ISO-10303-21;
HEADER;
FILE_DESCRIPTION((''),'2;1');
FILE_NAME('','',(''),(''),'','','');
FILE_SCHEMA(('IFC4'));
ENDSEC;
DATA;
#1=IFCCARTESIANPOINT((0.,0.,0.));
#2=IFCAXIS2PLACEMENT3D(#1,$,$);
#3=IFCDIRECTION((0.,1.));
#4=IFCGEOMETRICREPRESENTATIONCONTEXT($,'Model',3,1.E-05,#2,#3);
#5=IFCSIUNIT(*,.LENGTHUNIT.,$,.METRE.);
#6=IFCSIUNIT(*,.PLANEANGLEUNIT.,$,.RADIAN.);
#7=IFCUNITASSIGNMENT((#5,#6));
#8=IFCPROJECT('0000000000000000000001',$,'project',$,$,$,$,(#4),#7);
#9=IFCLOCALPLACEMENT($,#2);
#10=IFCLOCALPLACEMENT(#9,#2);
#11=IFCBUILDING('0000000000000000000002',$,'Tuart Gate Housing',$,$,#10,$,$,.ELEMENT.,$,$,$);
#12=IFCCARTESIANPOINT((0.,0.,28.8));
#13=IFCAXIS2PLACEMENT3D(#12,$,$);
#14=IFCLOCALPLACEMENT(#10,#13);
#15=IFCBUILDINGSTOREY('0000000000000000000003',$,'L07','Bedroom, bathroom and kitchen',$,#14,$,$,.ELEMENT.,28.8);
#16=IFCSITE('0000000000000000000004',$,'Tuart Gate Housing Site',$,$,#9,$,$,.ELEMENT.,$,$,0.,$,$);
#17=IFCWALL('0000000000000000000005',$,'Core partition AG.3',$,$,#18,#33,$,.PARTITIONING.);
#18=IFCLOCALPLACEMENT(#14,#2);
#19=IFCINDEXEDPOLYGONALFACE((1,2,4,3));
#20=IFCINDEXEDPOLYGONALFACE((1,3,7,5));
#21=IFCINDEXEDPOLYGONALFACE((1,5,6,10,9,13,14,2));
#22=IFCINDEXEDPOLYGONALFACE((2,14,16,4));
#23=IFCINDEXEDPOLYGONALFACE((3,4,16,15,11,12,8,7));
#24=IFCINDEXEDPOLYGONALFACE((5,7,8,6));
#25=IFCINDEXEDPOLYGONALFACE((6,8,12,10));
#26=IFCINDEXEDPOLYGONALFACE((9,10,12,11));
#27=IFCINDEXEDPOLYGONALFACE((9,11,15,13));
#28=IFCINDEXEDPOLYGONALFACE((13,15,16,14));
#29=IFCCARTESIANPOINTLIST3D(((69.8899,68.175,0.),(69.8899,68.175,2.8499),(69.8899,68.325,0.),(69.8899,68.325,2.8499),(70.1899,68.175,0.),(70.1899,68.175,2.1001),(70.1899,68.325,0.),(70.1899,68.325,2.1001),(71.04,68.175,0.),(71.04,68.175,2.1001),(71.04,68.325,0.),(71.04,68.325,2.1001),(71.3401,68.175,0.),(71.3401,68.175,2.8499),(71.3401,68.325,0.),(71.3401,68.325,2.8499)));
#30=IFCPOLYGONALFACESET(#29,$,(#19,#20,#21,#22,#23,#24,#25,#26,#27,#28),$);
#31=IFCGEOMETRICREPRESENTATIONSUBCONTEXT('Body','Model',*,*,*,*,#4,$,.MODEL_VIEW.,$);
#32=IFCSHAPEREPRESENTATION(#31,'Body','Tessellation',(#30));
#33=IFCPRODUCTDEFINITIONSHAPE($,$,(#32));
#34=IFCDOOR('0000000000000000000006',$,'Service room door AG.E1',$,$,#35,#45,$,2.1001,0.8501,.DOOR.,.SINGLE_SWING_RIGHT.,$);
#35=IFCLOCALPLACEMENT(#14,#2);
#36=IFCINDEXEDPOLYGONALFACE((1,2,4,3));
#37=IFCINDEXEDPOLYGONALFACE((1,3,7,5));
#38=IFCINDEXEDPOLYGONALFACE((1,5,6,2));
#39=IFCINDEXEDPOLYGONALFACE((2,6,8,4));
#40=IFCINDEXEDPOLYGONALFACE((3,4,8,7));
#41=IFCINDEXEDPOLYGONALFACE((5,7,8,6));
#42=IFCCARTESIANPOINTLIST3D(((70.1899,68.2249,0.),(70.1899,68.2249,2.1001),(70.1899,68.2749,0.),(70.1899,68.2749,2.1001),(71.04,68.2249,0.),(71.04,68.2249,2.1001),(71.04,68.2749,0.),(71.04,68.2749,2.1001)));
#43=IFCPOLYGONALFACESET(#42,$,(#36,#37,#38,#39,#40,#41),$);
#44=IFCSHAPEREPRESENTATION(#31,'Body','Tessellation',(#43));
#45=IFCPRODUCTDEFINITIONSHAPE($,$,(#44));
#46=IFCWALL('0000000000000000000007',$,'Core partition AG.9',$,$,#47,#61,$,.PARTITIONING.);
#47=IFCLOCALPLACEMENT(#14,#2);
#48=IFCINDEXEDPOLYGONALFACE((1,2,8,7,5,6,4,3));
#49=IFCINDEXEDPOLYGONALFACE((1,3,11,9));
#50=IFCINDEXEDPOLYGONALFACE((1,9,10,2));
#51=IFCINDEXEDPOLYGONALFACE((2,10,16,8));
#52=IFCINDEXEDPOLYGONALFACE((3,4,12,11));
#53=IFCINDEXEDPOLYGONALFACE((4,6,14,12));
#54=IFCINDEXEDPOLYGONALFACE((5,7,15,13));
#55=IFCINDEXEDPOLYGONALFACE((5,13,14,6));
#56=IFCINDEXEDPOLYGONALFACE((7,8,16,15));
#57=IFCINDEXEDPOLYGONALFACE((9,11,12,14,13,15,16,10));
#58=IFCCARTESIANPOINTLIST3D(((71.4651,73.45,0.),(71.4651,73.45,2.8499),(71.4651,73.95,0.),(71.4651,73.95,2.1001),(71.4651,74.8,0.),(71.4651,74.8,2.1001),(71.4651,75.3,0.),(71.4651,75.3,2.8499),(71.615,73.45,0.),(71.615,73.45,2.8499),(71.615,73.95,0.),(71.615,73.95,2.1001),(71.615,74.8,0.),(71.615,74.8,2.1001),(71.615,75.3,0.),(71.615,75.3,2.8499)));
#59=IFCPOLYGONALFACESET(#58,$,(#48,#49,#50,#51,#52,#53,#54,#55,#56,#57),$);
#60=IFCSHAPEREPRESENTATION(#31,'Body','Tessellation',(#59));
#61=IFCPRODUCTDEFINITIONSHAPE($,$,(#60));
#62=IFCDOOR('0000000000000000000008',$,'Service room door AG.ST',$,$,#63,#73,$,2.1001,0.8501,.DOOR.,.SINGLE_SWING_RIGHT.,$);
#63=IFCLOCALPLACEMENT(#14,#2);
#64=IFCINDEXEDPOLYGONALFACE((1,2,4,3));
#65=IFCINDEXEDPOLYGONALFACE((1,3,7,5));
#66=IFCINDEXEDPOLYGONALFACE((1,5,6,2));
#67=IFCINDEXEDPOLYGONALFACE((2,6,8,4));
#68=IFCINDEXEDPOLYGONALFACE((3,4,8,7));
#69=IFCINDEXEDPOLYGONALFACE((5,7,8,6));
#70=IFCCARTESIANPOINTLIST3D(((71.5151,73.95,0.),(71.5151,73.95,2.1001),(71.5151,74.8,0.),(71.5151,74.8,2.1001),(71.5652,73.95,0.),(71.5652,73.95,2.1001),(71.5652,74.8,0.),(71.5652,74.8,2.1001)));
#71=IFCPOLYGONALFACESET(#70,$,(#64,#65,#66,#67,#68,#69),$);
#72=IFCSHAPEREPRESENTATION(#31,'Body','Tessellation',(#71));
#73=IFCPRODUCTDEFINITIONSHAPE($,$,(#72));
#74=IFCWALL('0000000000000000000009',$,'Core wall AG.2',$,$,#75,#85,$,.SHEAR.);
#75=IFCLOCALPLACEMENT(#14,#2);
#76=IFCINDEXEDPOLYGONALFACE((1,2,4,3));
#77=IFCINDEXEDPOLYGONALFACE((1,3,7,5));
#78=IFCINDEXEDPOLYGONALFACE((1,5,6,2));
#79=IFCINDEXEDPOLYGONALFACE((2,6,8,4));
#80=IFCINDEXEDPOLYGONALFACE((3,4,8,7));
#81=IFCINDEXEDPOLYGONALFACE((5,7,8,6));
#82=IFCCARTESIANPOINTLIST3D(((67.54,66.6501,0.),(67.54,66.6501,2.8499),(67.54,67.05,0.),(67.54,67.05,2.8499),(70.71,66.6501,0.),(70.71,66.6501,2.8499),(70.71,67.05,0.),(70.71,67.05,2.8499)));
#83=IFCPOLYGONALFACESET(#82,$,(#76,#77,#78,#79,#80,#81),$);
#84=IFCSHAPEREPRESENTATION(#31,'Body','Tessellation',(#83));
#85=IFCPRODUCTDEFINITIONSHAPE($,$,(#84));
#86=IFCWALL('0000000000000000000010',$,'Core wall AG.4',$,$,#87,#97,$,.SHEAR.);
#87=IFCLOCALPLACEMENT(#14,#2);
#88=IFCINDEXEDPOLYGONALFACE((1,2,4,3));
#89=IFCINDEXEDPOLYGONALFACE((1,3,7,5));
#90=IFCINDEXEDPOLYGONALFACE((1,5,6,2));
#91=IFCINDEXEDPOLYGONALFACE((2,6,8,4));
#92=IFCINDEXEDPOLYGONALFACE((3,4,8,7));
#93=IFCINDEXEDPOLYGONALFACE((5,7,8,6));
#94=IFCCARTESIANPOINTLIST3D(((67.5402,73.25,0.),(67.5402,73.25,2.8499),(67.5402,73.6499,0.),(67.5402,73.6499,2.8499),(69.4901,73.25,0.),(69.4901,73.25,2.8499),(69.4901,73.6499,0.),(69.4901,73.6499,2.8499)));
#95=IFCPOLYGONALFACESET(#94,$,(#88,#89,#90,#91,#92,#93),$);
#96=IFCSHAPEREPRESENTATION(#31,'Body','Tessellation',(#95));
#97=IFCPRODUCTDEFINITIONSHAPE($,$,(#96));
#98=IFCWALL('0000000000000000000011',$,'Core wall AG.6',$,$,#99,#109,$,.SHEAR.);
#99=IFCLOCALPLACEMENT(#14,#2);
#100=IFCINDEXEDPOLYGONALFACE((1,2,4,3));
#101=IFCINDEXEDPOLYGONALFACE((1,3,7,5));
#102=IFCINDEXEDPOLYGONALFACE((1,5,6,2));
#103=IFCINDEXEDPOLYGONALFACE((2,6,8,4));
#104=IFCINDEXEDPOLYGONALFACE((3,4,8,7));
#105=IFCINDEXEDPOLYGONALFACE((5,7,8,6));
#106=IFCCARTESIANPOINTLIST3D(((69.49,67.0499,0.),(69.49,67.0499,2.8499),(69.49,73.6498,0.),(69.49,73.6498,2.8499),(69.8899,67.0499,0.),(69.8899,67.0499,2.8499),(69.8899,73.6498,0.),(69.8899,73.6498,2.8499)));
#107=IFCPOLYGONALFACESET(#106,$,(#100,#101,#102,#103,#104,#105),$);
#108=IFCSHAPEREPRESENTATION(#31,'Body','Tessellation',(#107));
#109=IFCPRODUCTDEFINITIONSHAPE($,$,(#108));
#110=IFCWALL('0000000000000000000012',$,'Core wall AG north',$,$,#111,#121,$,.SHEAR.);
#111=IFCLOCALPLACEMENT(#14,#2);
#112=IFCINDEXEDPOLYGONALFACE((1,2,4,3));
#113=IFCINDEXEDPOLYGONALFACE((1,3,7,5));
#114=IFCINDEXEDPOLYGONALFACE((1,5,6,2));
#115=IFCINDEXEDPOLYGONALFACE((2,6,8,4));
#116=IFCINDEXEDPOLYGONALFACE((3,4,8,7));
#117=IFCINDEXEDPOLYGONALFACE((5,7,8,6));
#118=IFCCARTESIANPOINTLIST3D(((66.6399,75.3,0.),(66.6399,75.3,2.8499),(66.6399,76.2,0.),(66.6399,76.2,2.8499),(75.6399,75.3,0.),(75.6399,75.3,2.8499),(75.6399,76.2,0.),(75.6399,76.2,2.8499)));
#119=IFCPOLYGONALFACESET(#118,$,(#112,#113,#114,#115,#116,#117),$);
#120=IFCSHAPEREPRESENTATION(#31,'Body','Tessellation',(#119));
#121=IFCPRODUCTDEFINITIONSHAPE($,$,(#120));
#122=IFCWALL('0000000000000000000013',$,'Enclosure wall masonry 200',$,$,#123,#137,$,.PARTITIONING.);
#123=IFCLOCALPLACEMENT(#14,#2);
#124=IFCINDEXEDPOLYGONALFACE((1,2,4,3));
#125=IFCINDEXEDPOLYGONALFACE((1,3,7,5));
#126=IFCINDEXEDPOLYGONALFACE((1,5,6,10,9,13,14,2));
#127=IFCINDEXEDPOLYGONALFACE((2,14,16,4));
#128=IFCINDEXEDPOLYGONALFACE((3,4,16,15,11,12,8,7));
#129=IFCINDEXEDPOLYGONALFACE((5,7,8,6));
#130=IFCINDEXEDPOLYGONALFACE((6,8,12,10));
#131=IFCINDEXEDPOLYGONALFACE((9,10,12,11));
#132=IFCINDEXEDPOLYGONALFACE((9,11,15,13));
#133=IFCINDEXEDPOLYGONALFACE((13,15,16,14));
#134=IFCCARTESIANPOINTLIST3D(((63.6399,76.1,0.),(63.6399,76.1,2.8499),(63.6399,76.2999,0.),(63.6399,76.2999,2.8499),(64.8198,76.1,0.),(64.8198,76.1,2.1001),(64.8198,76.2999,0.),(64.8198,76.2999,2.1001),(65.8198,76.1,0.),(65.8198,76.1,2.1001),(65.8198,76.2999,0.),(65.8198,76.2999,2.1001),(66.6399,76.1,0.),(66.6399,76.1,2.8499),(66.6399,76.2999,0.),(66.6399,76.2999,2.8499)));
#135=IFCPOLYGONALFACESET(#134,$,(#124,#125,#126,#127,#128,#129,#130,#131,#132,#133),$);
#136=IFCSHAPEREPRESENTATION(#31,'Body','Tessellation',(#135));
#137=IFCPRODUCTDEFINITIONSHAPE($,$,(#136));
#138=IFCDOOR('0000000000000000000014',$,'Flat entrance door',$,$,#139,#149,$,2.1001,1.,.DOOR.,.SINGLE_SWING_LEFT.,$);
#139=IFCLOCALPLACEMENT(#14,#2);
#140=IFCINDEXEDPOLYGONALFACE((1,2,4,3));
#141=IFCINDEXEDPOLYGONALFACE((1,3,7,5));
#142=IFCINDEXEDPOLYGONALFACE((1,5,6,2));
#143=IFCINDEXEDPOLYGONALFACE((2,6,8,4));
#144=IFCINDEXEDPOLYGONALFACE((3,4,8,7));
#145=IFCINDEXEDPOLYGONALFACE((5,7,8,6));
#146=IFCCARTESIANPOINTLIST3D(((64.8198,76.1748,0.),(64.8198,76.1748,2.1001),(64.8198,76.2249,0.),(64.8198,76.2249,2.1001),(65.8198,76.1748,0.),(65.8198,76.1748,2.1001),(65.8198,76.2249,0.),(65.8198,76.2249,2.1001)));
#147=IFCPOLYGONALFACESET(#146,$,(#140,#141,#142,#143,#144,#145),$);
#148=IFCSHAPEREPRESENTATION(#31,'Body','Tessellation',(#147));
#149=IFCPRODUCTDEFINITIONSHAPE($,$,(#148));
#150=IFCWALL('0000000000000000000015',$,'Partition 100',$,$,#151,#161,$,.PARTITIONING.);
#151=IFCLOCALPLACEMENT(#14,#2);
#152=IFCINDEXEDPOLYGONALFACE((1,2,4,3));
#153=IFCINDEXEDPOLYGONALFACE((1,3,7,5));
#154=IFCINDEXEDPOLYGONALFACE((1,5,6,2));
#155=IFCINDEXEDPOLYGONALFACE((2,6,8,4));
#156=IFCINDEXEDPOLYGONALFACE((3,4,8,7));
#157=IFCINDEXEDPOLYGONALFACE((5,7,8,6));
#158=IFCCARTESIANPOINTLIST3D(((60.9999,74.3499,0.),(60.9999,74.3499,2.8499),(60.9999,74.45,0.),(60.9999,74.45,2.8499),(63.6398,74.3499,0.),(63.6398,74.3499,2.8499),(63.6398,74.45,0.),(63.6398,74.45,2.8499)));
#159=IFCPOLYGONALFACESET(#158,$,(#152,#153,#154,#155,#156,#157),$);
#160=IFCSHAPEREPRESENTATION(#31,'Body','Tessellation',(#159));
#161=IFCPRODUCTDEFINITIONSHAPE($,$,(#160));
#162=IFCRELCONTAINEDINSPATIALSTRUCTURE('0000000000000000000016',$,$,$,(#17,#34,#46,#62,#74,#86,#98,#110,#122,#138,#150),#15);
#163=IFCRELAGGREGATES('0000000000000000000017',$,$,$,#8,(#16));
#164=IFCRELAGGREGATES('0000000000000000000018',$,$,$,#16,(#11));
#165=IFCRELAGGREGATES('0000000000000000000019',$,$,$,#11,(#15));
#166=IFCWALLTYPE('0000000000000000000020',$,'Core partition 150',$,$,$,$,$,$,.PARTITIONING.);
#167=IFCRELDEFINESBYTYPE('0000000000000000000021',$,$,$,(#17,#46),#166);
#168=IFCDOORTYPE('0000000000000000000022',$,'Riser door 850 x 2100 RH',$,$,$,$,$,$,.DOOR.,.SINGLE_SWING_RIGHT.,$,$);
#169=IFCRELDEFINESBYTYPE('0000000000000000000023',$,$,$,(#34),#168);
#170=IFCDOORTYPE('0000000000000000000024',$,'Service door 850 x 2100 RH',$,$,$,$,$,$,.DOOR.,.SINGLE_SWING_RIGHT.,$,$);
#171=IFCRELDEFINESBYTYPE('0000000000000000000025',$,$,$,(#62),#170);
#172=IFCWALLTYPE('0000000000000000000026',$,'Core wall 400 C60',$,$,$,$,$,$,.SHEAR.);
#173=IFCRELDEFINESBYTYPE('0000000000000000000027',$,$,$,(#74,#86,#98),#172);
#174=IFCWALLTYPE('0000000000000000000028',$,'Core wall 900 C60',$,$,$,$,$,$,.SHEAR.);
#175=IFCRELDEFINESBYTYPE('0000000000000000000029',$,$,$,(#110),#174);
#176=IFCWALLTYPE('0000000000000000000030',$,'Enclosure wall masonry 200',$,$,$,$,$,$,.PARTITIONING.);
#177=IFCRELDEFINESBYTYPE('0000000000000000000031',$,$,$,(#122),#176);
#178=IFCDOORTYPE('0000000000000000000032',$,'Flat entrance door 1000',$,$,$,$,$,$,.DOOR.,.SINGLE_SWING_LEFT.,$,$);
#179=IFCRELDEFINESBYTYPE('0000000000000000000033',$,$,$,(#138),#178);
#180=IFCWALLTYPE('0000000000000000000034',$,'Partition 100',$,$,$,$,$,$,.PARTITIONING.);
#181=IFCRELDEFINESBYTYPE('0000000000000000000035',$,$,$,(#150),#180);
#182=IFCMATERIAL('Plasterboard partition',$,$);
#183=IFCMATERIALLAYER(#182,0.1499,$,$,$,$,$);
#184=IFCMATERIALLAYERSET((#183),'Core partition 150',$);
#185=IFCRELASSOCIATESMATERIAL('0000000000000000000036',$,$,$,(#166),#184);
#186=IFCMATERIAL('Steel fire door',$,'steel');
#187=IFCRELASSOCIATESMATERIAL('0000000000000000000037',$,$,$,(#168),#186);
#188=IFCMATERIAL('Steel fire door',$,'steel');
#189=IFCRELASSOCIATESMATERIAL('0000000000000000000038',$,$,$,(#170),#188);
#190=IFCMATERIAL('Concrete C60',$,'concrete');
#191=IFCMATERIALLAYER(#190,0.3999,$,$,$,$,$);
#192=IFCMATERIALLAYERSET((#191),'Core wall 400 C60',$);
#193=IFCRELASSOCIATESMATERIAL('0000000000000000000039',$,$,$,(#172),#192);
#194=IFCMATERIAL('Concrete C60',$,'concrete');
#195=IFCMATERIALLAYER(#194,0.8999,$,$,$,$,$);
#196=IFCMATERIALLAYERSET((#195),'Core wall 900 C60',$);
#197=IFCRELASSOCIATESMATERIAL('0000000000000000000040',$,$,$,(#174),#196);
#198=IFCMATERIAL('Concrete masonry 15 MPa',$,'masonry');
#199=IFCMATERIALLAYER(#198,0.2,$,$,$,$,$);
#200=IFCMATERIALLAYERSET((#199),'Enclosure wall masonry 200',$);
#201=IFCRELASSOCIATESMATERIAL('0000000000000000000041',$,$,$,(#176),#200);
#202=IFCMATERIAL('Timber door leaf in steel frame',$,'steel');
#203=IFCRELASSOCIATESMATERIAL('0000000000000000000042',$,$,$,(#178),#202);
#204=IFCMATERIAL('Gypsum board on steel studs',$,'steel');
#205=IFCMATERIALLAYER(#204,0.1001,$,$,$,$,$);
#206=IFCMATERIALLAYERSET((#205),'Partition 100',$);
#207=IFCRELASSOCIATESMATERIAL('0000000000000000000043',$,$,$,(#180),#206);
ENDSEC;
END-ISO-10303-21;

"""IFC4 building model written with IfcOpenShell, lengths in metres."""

from ifc_helpers import new_model, si_unit, direction, frame, frame_2d, origin, place, context, subcontext, project, spatial, rectangle, extrude, material, layer, layer_set, type_object, element, fill, save


model = new_model("IFC4")

# Units and contexts
model_context = context("Model", 3, precision=1e-05, world=origin(), true_north=direction((0.0, 1.0)))
body_context = subcontext(model_context, "Body", "Model", "MODEL_VIEW")
ifc_project = project(units=[si_unit("LENGTHUNIT", "METRE"), si_unit("PLANEANGLEUNIT", "RADIAN")], contexts=[model_context])

# Site, building, storey
site_placement = place(None, origin())
site = spatial("IfcSite", under=ifc_project, at=site_placement, Name="Tuart Gate Housing Site", CompositionType="ELEMENT", RefElevation=0.0)
building_placement = place(site_placement, origin())
building = spatial("IfcBuilding", under=site, at=building_placement, Name="Tuart Gate Housing", CompositionType="ELEMENT")
storey_placement = place(building_placement, frame((0.0, 0.0, 28.8)))
storey = spatial("IfcBuildingStorey", under=building, at=storey_placement, Name="L07", Description="Bedroom, bathroom and kitchen", CompositionType="ELEMENT", Elevation=28.8)

# Walls, openings, doors
ifc_material_1 = material(Name="Plasterboard partition")
ifc_layer_1 = layer(ifc_material_1, 0.1499)
ifc_layer_set_1 = layer_set([ifc_layer_1], Name="Core partition 150")
wall_type_1 = type_object("IfcWallType", Name="Core partition 150", PredefinedType="PARTITIONING", material=ifc_layer_set_1)
wall_1_placement = place(storey_placement, frame((69.8899, 68.25, 0.0), z_axis=(0.0, 0.0, 1.0), x_axis=(1.0, 0.0, 0.0)))
wall_1 = element("IfcWall", 1, at=wall_1_placement, inside=storey, type_object=wall_type_1, Name="Core partition AG.3", PredefinedType="PARTITIONING", context=body_context, shape_type="SweptSolid", body=[
    extrude(rectangle(XDim=1.4502, YDim=0.1499, at=frame_2d((0.7251, 0.0))), origin(), (0.0, 0.0, 1.0), 2.8499),
])
opening_1_placement = place(wall_1_placement, frame((0.3, 0.0, 0.0)))
opening_1 = element("IfcOpeningElement", 2, at=opening_1_placement, cuts=wall_1, PredefinedType="OPENING", context=body_context, shape_type="SweptSolid", body=[
    extrude(rectangle(XDim=0.8501, YDim=2.1001, at=frame_2d((0.425, 1.05))), frame((0.0, 0.085, 0.0), z_axis=(0.0, -1.0, 0.0), x_axis=(1.0, 0.0, 0.0)), (0.0, 0.0, 1.0), 0.1699),
])
ifc_material_2 = material(Name="Steel fire door", Category="steel")
door_type_1 = type_object("IfcDoorType", Name="Riser door 850 x 2100 RH", OperationType="SINGLE_SWING_RIGHT", PredefinedType="DOOR", material=ifc_material_2)
door_1_placement = place(opening_1_placement, frame((0.8501, 0.0, 0.0), z_axis=(0.0, 0.0, 1.0), x_axis=(-1.0, 0.0, 0.0)))
door_1 = element("IfcDoor", 3, at=door_1_placement, inside=storey, type_object=door_type_1, Name="Service room door AG.E1", OperationType="SINGLE_SWING_RIGHT", OverallHeight=2.1001, OverallWidth=0.8501, PredefinedType="DOOR", context=body_context, shape_type="SweptSolid", body=[
    extrude(rectangle(XDim=0.8501, YDim=2.1001, at=frame_2d((0.425, 1.05))), frame((0.0, 0.0251, 0.0), z_axis=(0.0, -1.0, 0.0), x_axis=(1.0, 0.0, 0.0)), (0.0, 0.0, 1.0), 0.05),
])
fill(opening_1, door_1)
wall_2_placement = place(storey_placement, frame((71.54, 73.45, 0.0), z_axis=(0.0, 0.0, 1.0), x_axis=(0.0, 1.0, 0.0)))
wall_2 = element("IfcWall", 4, at=wall_2_placement, inside=storey, type_object=wall_type_1, Name="Core partition AG.9", PredefinedType="PARTITIONING", context=body_context, shape_type="SweptSolid", body=[
    extrude(rectangle(XDim=1.8501, YDim=0.1499, at=frame_2d((0.925, 0.0))), origin(), (0.0, 0.0, 1.0), 2.8499),
])
opening_2_placement = place(wall_2_placement, frame((0.5, 0.0, 0.0)))
opening_2 = element("IfcOpeningElement", 5, at=opening_2_placement, cuts=wall_2, PredefinedType="OPENING", context=body_context, shape_type="SweptSolid", body=[
    extrude(rectangle(XDim=0.8501, YDim=2.1001, at=frame_2d((0.425, 1.05))), frame((0.0, 0.085, 0.0), z_axis=(0.0, -1.0, 0.0), x_axis=(1.0, 0.0, 0.0)), (0.0, 0.0, 1.0), 0.1699),
])
ifc_material_3 = material(Name="Steel fire door", Category="steel")
door_type_2 = type_object("IfcDoorType", Name="Service door 850 x 2100 RH", OperationType="SINGLE_SWING_RIGHT", PredefinedType="DOOR", material=ifc_material_3)
door_2_placement = place(opening_2_placement, frame((0.8501, 0.0, 0.0), z_axis=(0.0, 0.0, 1.0), x_axis=(-1.0, 0.0, 0.0)))
door_2 = element("IfcDoor", 6, at=door_2_placement, inside=storey, type_object=door_type_2, Name="Service room door AG.ST", OperationType="SINGLE_SWING_RIGHT", OverallHeight=2.1001, OverallWidth=0.8501, PredefinedType="DOOR", context=body_context, shape_type="SweptSolid", body=[
    extrude(rectangle(XDim=0.8501, YDim=2.1001, at=frame_2d((0.425, 1.05))), frame((0.0, 0.0251, 0.0), z_axis=(0.0, -1.0, 0.0), x_axis=(1.0, 0.0, 0.0)), (0.0, 0.0, 1.0), 0.05),
])
fill(opening_2, door_2)

# Walls
ifc_material_4 = material(Name="Concrete C60", Category="concrete")
ifc_layer_2 = layer(ifc_material_4, 0.3999)
ifc_layer_set_2 = layer_set([ifc_layer_2], Name="Core wall 400 C60")
wall_type_2 = type_object("IfcWallType", Name="Core wall 400 C60", PredefinedType="SHEAR", material=ifc_layer_set_2)
wall_3_placement = place(storey_placement, frame((67.54, 66.8501, 0.0), z_axis=(0.0, 0.0, 1.0), x_axis=(1.0, 0.0, 0.0)))
element("IfcWall", 7, at=wall_3_placement, inside=storey, type_object=wall_type_2, Name="Core wall AG.2", PredefinedType="SHEAR", context=body_context, shape_type="SweptSolid", body=[
    extrude(rectangle(XDim=3.1699, YDim=0.3999, at=frame_2d((1.585, 0.0))), origin(), (0.0, 0.0, 1.0), 2.8499),
])
wall_4_placement = place(storey_placement, frame((67.54, 73.45, 0.0), z_axis=(0.0, 0.0, 1.0), x_axis=(1.0, 0.0, 0.0)))
element("IfcWall", 8, at=wall_4_placement, inside=storey, type_object=wall_type_2, Name="Core wall AG.4", PredefinedType="SHEAR", context=body_context, shape_type="SweptSolid", body=[
    extrude(rectangle(XDim=1.95, YDim=0.3999, at=frame_2d((0.9751, 0.0))), origin(), (0.0, 0.0, 1.0), 2.8499),
])
wall_5_placement = place(storey_placement, frame((69.6899, 67.05, 0.0), z_axis=(0.0, 0.0, 1.0), x_axis=(0.0, 1.0, 0.0)))
element("IfcWall", 9, at=wall_5_placement, inside=storey, type_object=wall_type_2, Name="Core wall AG.6", PredefinedType="SHEAR", context=body_context, shape_type="SweptSolid", body=[
    extrude(rectangle(XDim=6.5999, YDim=0.3999, at=frame_2d((3.2998, 0.0))), origin(), (0.0, 0.0, 1.0), 2.8499),
])
ifc_material_5 = material(Name="Concrete C60", Category="concrete")
ifc_layer_3 = layer(ifc_material_5, 0.8999)
ifc_layer_set_3 = layer_set([ifc_layer_3], Name="Core wall 900 C60")
wall_type_3 = type_object("IfcWallType", Name="Core wall 900 C60", PredefinedType="SHEAR", material=ifc_layer_set_3)
wall_6_placement = place(storey_placement, frame((66.6399, 75.75, 0.0), z_axis=(0.0, 0.0, 1.0), x_axis=(1.0, 0.0, 0.0)))
element("IfcWall", 10, at=wall_6_placement, inside=storey, type_object=wall_type_3, Name="Core wall AG north", PredefinedType="SHEAR", context=body_context, shape_type="SweptSolid", body=[
    extrude(rectangle(XDim=9.0, YDim=0.8999, at=frame_2d((4.5, 0.0))), origin(), (0.0, 0.0, 1.0), 2.8499),
])

# Wall, opening, door
ifc_material_6 = material(Name="Concrete masonry 15 MPa", Category="masonry")
ifc_layer_4 = layer(ifc_material_6, 0.2)
ifc_layer_set_4 = layer_set([ifc_layer_4], Name="Enclosure wall masonry 200")
wall_type_4 = type_object("IfcWallType", Name="Enclosure wall masonry 200", PredefinedType="PARTITIONING", material=ifc_layer_set_4)
wall_7_placement = place(storey_placement, frame((63.6399, 76.2, 0.0), z_axis=(0.0, 0.0, 1.0), x_axis=(1.0, 0.0, 0.0)))
wall_7 = element("IfcWall", 11, at=wall_7_placement, inside=storey, type_object=wall_type_4, Name="Enclosure wall masonry 200", PredefinedType="PARTITIONING", context=body_context, shape_type="SweptSolid", body=[
    extrude(rectangle(XDim=3.0, YDim=0.2, at=frame_2d((1.5, 0.0))), origin(), (0.0, 0.0, 1.0), 2.8499),
])
opening_3_placement = place(wall_7_placement, frame((1.1799, 0.0, 0.0)))
opening_3 = element("IfcOpeningElement", 12, at=opening_3_placement, cuts=wall_7, PredefinedType="OPENING", context=body_context, shape_type="SweptSolid", body=[
    extrude(rectangle(XDim=1.0, YDim=2.1001, at=frame_2d((0.5, 1.05))), frame((0.0, 0.1099, 0.0), z_axis=(0.0, -1.0, 0.0), x_axis=(1.0, 0.0, 0.0)), (0.0, 0.0, 1.0), 0.22),
])
ifc_material_7 = material(Name="Timber door leaf in steel frame", Category="steel")
door_type_3 = type_object("IfcDoorType", Name="Flat entrance door 1000", OperationType="SINGLE_SWING_LEFT", PredefinedType="DOOR", material=ifc_material_7)
door_3_placement = place(opening_3_placement, origin())
door_3 = element("IfcDoor", 13, at=door_3_placement, inside=storey, type_object=door_type_3, Name="Flat entrance door", OperationType="SINGLE_SWING_LEFT", OverallHeight=2.1001, OverallWidth=1.0, PredefinedType="DOOR", context=body_context, shape_type="SweptSolid", body=[
    extrude(rectangle(XDim=1.0, YDim=2.1001, at=frame_2d((0.5, 1.05))), frame((0.0, 0.0249, 0.0), z_axis=(0.0, -1.0, 0.0), x_axis=(1.0, 0.0, 0.0)), (0.0, 0.0, 1.0), 0.05),
])
fill(opening_3, door_3)

# Wall
ifc_material_8 = material(Name="Gypsum board on steel studs", Category="steel")
ifc_layer_5 = layer(ifc_material_8, 0.1001)
ifc_layer_set_5 = layer_set([ifc_layer_5], Name="Partition 100")
wall_type_5 = type_object("IfcWallType", Name="Partition 100", PredefinedType="PARTITIONING", material=ifc_layer_set_5)
wall_8_placement = place(storey_placement, frame((61.0, 74.3999, 0.0), z_axis=(0.0, 0.0, 1.0), x_axis=(1.0, 0.0, 0.0)))
element("IfcWall", 14, at=wall_8_placement, inside=storey, type_object=wall_type_5, Name="Partition 100", PredefinedType="PARTITIONING", context=body_context, shape_type="SweptSolid", body=[
    extrude(rectangle(XDim=2.6399, YDim=0.1001, at=frame_2d((1.3198, 0.0))), origin(), (0.0, 0.0, 1.0), 2.8499),
])

save(model, "model.ifc")
